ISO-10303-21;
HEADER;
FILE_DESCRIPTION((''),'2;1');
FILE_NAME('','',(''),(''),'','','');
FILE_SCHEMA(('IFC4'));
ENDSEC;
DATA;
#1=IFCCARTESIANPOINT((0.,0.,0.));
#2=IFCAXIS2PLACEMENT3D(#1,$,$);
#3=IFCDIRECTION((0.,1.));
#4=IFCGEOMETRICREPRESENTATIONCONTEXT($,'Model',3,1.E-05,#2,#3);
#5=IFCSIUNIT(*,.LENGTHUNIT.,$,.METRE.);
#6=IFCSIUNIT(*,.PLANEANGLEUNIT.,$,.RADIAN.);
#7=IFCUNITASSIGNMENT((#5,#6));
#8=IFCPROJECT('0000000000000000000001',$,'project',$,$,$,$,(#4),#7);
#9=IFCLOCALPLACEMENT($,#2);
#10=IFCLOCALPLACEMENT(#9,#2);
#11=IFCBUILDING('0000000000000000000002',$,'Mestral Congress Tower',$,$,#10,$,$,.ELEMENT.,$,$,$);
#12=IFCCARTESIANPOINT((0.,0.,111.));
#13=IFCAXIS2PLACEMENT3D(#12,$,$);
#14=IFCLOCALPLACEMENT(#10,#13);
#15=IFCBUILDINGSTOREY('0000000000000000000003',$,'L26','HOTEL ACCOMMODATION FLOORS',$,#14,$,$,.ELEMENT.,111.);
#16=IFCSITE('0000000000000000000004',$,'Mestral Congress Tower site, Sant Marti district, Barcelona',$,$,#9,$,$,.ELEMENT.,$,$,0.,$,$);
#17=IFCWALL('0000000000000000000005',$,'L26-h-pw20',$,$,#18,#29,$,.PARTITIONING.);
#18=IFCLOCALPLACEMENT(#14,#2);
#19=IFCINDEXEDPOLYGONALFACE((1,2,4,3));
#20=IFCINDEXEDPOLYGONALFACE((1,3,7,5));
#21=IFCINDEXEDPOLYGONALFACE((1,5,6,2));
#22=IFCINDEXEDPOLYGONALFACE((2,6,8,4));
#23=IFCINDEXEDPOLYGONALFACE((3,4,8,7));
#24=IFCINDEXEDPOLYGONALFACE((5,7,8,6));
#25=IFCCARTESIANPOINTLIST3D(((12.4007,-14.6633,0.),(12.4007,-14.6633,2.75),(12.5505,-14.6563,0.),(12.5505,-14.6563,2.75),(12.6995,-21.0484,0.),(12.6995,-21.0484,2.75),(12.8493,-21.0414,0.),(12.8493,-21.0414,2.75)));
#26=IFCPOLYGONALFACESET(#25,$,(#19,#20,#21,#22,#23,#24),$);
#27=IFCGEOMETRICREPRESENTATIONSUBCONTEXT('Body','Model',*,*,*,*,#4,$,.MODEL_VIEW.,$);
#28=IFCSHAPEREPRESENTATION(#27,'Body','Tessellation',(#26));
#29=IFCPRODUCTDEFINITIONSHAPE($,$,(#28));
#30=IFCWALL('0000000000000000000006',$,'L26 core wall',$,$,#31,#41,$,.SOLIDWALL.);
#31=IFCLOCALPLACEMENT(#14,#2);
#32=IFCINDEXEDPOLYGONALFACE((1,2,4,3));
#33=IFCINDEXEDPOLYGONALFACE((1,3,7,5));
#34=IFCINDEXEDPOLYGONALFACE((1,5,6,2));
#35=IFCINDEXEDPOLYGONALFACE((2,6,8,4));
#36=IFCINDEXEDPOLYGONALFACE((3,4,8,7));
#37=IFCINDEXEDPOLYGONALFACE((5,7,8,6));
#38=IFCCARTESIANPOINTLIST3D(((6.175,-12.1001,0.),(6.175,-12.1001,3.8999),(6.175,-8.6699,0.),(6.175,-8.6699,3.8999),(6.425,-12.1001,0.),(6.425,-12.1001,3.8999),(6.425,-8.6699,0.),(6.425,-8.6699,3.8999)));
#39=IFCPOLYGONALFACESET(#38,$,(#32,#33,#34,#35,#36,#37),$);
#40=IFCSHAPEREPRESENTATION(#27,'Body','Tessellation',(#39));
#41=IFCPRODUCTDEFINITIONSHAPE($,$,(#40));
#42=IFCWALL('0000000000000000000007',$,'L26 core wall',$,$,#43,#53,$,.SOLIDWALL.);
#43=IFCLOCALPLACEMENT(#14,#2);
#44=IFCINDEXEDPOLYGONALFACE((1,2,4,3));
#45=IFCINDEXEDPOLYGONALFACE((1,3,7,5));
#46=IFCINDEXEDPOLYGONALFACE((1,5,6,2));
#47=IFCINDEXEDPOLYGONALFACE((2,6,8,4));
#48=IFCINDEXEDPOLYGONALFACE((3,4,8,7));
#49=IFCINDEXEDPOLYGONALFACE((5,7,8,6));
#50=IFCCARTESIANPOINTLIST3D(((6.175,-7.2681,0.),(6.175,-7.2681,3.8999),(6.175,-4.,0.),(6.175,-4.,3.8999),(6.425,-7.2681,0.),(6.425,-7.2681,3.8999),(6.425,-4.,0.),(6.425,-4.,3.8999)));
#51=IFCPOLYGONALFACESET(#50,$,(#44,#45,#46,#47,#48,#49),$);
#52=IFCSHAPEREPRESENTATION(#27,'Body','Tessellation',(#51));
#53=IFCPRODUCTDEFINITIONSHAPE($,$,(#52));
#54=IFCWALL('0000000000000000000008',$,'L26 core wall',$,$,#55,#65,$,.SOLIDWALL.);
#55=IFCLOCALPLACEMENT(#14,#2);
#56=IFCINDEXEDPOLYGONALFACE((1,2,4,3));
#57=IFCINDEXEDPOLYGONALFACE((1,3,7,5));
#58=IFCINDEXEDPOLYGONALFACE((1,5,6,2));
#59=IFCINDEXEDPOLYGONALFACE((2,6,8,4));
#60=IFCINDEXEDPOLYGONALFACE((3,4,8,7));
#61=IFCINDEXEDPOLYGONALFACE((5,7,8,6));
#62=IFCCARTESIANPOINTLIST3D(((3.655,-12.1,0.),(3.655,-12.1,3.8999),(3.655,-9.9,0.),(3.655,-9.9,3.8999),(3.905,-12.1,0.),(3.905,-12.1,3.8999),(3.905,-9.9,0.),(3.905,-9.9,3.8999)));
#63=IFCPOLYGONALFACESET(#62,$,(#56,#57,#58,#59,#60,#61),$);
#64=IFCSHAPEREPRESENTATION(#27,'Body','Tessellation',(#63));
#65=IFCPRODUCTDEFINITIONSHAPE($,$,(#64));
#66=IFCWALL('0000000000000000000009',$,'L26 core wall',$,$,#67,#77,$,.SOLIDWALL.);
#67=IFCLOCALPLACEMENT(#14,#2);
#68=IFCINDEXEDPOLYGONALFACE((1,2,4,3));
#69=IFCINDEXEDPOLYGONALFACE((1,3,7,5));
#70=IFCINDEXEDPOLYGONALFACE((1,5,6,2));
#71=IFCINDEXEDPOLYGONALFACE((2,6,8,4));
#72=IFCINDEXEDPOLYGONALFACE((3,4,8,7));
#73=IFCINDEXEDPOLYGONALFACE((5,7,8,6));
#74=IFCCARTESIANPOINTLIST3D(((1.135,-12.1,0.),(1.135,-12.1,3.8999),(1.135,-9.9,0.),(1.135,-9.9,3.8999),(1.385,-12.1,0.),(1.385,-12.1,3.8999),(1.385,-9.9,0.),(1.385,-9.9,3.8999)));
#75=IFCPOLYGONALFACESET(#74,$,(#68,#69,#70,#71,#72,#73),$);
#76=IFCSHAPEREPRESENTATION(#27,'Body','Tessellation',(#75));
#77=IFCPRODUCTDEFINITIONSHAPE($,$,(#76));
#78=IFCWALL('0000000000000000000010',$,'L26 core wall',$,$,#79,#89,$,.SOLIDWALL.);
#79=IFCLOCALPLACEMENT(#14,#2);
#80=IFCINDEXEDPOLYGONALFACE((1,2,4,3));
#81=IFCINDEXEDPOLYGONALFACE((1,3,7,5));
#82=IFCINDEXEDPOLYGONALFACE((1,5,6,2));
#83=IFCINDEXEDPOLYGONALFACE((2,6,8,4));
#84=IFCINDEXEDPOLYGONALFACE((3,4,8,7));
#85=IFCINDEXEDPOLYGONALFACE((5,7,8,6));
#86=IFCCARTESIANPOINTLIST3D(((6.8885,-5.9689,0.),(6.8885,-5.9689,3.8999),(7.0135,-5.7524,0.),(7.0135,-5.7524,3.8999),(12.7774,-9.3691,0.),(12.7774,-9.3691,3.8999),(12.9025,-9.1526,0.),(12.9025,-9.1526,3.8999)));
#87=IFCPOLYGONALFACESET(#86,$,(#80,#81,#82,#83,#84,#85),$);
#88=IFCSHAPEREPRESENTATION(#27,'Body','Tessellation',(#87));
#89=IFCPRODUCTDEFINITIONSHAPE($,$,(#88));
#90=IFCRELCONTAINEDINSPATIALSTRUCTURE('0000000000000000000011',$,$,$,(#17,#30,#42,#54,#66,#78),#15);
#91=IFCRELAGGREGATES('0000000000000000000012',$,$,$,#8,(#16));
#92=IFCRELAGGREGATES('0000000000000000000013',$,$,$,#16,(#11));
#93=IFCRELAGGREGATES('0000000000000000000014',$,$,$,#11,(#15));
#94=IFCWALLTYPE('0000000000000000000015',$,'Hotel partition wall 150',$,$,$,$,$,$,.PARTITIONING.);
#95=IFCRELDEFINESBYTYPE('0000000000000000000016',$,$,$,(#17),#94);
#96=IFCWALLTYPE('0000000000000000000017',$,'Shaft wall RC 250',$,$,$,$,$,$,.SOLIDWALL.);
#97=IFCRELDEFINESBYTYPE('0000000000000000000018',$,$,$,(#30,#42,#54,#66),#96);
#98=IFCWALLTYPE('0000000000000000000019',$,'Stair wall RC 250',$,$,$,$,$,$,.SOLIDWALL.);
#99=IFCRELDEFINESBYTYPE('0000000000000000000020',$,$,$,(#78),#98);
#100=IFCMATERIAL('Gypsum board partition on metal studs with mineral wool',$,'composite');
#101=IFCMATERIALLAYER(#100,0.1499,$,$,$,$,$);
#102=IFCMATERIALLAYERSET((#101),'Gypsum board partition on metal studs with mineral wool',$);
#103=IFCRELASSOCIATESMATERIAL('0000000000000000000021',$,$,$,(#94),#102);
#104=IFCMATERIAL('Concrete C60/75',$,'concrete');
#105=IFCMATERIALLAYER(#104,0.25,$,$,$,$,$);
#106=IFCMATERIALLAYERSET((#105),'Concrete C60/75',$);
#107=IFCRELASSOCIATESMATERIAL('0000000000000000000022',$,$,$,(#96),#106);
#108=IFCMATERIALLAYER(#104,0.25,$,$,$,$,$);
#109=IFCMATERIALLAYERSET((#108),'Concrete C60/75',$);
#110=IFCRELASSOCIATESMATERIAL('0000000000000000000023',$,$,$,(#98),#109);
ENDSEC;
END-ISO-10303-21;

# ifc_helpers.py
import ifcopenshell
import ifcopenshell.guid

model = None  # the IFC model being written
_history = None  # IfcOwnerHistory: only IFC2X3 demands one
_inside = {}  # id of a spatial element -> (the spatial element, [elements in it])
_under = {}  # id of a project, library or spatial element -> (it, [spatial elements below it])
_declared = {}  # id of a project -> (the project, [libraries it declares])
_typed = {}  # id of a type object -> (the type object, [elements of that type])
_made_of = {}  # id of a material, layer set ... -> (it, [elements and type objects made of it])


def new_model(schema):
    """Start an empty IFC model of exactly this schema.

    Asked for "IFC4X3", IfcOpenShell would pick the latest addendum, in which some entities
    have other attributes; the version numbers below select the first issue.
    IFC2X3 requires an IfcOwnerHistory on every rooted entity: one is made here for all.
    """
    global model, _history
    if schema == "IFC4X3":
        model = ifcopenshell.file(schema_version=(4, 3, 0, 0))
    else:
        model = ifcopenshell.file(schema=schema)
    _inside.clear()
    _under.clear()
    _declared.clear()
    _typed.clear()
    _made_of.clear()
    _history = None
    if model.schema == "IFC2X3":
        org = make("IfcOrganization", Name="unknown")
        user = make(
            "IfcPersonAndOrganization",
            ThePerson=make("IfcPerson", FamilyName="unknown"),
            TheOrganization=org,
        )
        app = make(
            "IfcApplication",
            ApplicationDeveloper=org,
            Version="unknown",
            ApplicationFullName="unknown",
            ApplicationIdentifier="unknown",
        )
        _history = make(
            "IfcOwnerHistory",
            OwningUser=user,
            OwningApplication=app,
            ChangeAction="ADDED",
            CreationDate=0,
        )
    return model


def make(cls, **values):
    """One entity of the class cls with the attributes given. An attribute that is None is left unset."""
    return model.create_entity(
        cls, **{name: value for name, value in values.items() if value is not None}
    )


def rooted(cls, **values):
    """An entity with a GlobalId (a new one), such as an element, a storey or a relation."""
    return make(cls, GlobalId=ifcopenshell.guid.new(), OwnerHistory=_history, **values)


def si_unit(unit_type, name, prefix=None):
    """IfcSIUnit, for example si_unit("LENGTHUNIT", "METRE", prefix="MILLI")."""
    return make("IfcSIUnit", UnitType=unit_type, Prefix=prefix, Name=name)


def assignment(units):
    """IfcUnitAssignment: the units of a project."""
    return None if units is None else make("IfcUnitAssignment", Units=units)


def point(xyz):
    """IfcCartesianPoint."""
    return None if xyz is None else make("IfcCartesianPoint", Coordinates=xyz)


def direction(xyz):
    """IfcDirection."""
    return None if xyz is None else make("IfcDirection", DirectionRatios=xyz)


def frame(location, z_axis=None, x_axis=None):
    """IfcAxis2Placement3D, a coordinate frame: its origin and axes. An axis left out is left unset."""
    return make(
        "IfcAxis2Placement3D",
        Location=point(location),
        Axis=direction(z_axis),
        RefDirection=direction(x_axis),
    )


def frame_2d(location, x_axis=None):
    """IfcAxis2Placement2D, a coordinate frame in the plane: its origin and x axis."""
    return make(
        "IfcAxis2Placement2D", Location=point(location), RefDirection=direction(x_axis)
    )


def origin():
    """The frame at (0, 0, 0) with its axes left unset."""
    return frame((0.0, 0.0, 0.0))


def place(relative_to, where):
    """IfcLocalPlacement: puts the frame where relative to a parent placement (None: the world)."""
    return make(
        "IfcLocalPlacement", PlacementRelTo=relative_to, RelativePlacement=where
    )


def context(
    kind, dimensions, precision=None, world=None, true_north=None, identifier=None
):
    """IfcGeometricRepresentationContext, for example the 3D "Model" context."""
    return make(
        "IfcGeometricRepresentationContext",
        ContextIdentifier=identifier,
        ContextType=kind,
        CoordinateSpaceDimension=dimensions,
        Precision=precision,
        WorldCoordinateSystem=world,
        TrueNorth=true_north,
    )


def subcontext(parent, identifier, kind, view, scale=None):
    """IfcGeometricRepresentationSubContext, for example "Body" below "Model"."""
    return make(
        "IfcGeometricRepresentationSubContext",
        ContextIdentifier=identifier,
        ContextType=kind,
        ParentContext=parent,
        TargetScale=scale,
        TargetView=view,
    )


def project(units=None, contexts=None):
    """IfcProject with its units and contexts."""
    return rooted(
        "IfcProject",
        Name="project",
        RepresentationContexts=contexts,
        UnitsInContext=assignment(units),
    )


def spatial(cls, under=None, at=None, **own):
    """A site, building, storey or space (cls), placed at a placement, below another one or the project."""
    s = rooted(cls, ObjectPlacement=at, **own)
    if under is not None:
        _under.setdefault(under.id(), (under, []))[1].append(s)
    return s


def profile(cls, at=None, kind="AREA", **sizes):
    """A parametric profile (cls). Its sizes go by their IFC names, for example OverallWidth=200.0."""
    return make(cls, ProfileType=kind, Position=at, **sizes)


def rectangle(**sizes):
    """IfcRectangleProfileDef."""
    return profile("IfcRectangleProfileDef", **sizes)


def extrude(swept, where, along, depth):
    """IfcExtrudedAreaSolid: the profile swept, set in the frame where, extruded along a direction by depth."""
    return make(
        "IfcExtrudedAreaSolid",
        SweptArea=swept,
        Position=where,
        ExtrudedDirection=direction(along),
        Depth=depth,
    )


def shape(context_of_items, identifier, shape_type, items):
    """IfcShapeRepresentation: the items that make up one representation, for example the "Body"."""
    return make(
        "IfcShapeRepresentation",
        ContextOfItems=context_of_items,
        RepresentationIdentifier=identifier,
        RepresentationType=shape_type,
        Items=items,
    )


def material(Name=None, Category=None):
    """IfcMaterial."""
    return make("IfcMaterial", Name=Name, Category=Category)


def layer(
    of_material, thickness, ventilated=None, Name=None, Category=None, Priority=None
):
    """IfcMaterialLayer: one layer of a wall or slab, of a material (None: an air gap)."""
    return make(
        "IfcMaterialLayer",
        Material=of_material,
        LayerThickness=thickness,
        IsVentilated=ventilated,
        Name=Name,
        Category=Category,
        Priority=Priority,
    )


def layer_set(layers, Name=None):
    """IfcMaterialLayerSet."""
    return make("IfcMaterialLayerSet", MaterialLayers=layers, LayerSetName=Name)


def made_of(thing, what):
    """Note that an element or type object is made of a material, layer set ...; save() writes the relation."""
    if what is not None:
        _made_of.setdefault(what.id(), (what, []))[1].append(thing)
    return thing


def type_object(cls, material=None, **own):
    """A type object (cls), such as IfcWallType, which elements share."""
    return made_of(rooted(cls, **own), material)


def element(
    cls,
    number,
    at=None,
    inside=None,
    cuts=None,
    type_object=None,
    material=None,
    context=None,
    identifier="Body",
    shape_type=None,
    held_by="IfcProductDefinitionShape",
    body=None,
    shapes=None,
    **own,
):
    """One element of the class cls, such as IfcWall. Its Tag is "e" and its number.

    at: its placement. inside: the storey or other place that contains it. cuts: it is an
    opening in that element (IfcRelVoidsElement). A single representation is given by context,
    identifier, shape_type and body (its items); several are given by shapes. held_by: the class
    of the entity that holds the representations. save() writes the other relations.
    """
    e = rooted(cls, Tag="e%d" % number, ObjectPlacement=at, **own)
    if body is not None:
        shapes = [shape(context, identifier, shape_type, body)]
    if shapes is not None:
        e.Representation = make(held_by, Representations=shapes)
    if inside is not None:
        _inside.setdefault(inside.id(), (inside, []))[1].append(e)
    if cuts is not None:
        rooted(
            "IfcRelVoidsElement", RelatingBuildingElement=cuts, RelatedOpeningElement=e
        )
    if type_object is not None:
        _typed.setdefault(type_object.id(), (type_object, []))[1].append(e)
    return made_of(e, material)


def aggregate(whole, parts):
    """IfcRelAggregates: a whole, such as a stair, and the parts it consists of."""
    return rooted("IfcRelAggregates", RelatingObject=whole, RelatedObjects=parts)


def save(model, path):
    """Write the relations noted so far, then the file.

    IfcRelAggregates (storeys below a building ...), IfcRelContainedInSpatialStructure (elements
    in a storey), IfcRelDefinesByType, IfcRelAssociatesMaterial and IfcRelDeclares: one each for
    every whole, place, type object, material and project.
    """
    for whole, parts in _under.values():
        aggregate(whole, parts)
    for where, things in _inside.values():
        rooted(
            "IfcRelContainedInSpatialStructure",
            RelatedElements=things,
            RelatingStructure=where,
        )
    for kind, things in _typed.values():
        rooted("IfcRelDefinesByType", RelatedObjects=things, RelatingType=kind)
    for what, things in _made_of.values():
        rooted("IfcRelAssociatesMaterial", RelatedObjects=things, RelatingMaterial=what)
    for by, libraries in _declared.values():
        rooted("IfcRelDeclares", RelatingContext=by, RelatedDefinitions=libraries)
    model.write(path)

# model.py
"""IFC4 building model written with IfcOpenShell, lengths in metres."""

from ifc_helpers import new_model, si_unit, direction, frame, frame_2d, origin, place, context, subcontext, project, spatial, rectangle, extrude, material, layer, layer_set, type_object, element, save


model = new_model("IFC4")

# Units and contexts
model_context = context("Model", 3, precision=1e-05, world=origin(), true_north=direction((0.0, 1.0)))
body_context = subcontext(model_context, "Body", "Model", "MODEL_VIEW")
ifc_project = project(units=[si_unit("LENGTHUNIT", "METRE"), si_unit("PLANEANGLEUNIT", "RADIAN")], contexts=[model_context])

# Site, building, storey
site_placement = place(None, origin())
site = spatial("IfcSite", under=ifc_project, at=site_placement, Name="Mestral Congress Tower site, Sant Marti district, Barcelona", CompositionType="ELEMENT", RefElevation=0.0)
building_placement = place(site_placement, origin())
building = spatial("IfcBuilding", under=site, at=building_placement, Name="Mestral Congress Tower", CompositionType="ELEMENT")
storey_placement = place(building_placement, frame((0.0, 0.0, 111.0)))
storey = spatial("IfcBuildingStorey", under=building, at=storey_placement, Name="L26", Description="HOTEL ACCOMMODATION FLOORS", CompositionType="ELEMENT", Elevation=111.0)

# Shared definitions
ifc_material_1 = material(Name="Concrete C60/75", Category="concrete")

# Shared definitions
ifc_material_2 = material(Name="Gypsum board partition on metal studs with mineral wool", Category="composite")

# Walls
ifc_layer_1 = layer(ifc_material_2, 0.1499)
ifc_layer_set_1 = layer_set([ifc_layer_1], Name="Gypsum board partition on metal studs with mineral wool")
wall_type_1 = type_object("IfcWallType", Name="Hotel partition wall 150", PredefinedType="PARTITIONING", material=ifc_layer_set_1)
wall_1_placement = place(storey_placement, frame((12.7744, -21.0449, 0.0), z_axis=(0.0, 0.0, 1.0), x_axis=(-0.04675, 0.998907, 0.0)))
element("IfcWall", 1, at=wall_1_placement, inside=storey, type_object=wall_type_1, Name="L26-h-pw20", PredefinedType="PARTITIONING", context=body_context, shape_type="SweptSolid", body=[
    extrude(rectangle(XDim=6.3921, YDim=0.1499, at=frame_2d((3.196, 0.0))), origin(), (0.0, 0.0, 1.0), 2.75),
])
ifc_layer_2 = layer(ifc_material_1, 0.25)
ifc_layer_set_2 = layer_set([ifc_layer_2], Name="Concrete C60/75")
wall_type_2 = type_object("IfcWallType", Name="Shaft wall RC 250", PredefinedType="SOLIDWALL", material=ifc_layer_set_2)
wall_2_placement = place(storey_placement, frame((6.3, -8.6699, 0.0), z_axis=(0.0, 0.0, 1.0), x_axis=(0.0, -1.0, 0.0)))
element("IfcWall", 2, at=wall_2_placement, inside=storey, type_object=wall_type_2, Name="L26 core wall", PredefinedType="SOLIDWALL", context=body_context, shape_type="SweptSolid", body=[
    extrude(rectangle(XDim=3.4302, YDim=0.25, at=frame_2d((1.7151, 0.0))), origin(), (0.0, 0.0, 1.0), 3.8999),
])
wall_3_placement = place(storey_placement, frame((6.3, -7.2681, 0.0), z_axis=(0.0, 0.0, 1.0), x_axis=(0.0, 1.0, 0.0)))
element("IfcWall", 3, at=wall_3_placement, inside=storey, type_object=wall_type_2, Name="L26 core wall", PredefinedType="SOLIDWALL", context=body_context, shape_type="SweptSolid", body=[
    extrude(rectangle(XDim=3.2681, YDim=0.25, at=frame_2d((1.634, 0.0))), origin(), (0.0, 0.0, 1.0), 3.8999),
])
for number, where, z_axis, x_axis, name in (
    (4, (3.78, -12.1001, 0.0), (0.0, 0.0, 1.0), (0.0, 1.0, 0.0), "L26 core wall"),
    (5, (1.26, -12.1001, 0.0), (0.0, 0.0, 1.0), (0.0, 1.0, 0.0), "L26 core wall"),
):
    element("IfcWall", number, at=place(storey_placement, frame(where, z_axis=z_axis, x_axis=x_axis)), inside=storey, type_object=wall_type_2, Name=name, PredefinedType="SOLIDWALL", context=body_context, shape_type="SweptSolid", body=[
        extrude(rectangle(XDim=2.2, YDim=0.25, at=frame_2d((1.1001, 0.0))), origin(), (0.0, 0.0, 1.0), 3.8999),
    ])
ifc_layer_3 = layer(ifc_material_1, 0.25)
ifc_layer_set_3 = layer_set([ifc_layer_3], Name="Concrete C60/75")
wall_type_3 = type_object("IfcWallType", Name="Stair wall RC 250", PredefinedType="SOLIDWALL", material=ifc_layer_set_3)
wall_4_placement = place(storey_placement, frame((12.8398, -9.2607, 0.0), z_axis=(0.0, 0.0, 1.0), x_axis=(-0.866014, 0.50002, 0.0)))
element("IfcWall", 6, at=wall_4_placement, inside=storey, type_object=wall_type_3, Name="L26 core wall", PredefinedType="SOLIDWALL", context=body_context, shape_type="SweptSolid", body=[
    extrude(rectangle(XDim=6.8, YDim=0.25, at=frame_2d((3.3999, 0.0))), origin(), (0.0, 0.0, 1.0), 3.8999),
])

save(model, "model.ifc")
